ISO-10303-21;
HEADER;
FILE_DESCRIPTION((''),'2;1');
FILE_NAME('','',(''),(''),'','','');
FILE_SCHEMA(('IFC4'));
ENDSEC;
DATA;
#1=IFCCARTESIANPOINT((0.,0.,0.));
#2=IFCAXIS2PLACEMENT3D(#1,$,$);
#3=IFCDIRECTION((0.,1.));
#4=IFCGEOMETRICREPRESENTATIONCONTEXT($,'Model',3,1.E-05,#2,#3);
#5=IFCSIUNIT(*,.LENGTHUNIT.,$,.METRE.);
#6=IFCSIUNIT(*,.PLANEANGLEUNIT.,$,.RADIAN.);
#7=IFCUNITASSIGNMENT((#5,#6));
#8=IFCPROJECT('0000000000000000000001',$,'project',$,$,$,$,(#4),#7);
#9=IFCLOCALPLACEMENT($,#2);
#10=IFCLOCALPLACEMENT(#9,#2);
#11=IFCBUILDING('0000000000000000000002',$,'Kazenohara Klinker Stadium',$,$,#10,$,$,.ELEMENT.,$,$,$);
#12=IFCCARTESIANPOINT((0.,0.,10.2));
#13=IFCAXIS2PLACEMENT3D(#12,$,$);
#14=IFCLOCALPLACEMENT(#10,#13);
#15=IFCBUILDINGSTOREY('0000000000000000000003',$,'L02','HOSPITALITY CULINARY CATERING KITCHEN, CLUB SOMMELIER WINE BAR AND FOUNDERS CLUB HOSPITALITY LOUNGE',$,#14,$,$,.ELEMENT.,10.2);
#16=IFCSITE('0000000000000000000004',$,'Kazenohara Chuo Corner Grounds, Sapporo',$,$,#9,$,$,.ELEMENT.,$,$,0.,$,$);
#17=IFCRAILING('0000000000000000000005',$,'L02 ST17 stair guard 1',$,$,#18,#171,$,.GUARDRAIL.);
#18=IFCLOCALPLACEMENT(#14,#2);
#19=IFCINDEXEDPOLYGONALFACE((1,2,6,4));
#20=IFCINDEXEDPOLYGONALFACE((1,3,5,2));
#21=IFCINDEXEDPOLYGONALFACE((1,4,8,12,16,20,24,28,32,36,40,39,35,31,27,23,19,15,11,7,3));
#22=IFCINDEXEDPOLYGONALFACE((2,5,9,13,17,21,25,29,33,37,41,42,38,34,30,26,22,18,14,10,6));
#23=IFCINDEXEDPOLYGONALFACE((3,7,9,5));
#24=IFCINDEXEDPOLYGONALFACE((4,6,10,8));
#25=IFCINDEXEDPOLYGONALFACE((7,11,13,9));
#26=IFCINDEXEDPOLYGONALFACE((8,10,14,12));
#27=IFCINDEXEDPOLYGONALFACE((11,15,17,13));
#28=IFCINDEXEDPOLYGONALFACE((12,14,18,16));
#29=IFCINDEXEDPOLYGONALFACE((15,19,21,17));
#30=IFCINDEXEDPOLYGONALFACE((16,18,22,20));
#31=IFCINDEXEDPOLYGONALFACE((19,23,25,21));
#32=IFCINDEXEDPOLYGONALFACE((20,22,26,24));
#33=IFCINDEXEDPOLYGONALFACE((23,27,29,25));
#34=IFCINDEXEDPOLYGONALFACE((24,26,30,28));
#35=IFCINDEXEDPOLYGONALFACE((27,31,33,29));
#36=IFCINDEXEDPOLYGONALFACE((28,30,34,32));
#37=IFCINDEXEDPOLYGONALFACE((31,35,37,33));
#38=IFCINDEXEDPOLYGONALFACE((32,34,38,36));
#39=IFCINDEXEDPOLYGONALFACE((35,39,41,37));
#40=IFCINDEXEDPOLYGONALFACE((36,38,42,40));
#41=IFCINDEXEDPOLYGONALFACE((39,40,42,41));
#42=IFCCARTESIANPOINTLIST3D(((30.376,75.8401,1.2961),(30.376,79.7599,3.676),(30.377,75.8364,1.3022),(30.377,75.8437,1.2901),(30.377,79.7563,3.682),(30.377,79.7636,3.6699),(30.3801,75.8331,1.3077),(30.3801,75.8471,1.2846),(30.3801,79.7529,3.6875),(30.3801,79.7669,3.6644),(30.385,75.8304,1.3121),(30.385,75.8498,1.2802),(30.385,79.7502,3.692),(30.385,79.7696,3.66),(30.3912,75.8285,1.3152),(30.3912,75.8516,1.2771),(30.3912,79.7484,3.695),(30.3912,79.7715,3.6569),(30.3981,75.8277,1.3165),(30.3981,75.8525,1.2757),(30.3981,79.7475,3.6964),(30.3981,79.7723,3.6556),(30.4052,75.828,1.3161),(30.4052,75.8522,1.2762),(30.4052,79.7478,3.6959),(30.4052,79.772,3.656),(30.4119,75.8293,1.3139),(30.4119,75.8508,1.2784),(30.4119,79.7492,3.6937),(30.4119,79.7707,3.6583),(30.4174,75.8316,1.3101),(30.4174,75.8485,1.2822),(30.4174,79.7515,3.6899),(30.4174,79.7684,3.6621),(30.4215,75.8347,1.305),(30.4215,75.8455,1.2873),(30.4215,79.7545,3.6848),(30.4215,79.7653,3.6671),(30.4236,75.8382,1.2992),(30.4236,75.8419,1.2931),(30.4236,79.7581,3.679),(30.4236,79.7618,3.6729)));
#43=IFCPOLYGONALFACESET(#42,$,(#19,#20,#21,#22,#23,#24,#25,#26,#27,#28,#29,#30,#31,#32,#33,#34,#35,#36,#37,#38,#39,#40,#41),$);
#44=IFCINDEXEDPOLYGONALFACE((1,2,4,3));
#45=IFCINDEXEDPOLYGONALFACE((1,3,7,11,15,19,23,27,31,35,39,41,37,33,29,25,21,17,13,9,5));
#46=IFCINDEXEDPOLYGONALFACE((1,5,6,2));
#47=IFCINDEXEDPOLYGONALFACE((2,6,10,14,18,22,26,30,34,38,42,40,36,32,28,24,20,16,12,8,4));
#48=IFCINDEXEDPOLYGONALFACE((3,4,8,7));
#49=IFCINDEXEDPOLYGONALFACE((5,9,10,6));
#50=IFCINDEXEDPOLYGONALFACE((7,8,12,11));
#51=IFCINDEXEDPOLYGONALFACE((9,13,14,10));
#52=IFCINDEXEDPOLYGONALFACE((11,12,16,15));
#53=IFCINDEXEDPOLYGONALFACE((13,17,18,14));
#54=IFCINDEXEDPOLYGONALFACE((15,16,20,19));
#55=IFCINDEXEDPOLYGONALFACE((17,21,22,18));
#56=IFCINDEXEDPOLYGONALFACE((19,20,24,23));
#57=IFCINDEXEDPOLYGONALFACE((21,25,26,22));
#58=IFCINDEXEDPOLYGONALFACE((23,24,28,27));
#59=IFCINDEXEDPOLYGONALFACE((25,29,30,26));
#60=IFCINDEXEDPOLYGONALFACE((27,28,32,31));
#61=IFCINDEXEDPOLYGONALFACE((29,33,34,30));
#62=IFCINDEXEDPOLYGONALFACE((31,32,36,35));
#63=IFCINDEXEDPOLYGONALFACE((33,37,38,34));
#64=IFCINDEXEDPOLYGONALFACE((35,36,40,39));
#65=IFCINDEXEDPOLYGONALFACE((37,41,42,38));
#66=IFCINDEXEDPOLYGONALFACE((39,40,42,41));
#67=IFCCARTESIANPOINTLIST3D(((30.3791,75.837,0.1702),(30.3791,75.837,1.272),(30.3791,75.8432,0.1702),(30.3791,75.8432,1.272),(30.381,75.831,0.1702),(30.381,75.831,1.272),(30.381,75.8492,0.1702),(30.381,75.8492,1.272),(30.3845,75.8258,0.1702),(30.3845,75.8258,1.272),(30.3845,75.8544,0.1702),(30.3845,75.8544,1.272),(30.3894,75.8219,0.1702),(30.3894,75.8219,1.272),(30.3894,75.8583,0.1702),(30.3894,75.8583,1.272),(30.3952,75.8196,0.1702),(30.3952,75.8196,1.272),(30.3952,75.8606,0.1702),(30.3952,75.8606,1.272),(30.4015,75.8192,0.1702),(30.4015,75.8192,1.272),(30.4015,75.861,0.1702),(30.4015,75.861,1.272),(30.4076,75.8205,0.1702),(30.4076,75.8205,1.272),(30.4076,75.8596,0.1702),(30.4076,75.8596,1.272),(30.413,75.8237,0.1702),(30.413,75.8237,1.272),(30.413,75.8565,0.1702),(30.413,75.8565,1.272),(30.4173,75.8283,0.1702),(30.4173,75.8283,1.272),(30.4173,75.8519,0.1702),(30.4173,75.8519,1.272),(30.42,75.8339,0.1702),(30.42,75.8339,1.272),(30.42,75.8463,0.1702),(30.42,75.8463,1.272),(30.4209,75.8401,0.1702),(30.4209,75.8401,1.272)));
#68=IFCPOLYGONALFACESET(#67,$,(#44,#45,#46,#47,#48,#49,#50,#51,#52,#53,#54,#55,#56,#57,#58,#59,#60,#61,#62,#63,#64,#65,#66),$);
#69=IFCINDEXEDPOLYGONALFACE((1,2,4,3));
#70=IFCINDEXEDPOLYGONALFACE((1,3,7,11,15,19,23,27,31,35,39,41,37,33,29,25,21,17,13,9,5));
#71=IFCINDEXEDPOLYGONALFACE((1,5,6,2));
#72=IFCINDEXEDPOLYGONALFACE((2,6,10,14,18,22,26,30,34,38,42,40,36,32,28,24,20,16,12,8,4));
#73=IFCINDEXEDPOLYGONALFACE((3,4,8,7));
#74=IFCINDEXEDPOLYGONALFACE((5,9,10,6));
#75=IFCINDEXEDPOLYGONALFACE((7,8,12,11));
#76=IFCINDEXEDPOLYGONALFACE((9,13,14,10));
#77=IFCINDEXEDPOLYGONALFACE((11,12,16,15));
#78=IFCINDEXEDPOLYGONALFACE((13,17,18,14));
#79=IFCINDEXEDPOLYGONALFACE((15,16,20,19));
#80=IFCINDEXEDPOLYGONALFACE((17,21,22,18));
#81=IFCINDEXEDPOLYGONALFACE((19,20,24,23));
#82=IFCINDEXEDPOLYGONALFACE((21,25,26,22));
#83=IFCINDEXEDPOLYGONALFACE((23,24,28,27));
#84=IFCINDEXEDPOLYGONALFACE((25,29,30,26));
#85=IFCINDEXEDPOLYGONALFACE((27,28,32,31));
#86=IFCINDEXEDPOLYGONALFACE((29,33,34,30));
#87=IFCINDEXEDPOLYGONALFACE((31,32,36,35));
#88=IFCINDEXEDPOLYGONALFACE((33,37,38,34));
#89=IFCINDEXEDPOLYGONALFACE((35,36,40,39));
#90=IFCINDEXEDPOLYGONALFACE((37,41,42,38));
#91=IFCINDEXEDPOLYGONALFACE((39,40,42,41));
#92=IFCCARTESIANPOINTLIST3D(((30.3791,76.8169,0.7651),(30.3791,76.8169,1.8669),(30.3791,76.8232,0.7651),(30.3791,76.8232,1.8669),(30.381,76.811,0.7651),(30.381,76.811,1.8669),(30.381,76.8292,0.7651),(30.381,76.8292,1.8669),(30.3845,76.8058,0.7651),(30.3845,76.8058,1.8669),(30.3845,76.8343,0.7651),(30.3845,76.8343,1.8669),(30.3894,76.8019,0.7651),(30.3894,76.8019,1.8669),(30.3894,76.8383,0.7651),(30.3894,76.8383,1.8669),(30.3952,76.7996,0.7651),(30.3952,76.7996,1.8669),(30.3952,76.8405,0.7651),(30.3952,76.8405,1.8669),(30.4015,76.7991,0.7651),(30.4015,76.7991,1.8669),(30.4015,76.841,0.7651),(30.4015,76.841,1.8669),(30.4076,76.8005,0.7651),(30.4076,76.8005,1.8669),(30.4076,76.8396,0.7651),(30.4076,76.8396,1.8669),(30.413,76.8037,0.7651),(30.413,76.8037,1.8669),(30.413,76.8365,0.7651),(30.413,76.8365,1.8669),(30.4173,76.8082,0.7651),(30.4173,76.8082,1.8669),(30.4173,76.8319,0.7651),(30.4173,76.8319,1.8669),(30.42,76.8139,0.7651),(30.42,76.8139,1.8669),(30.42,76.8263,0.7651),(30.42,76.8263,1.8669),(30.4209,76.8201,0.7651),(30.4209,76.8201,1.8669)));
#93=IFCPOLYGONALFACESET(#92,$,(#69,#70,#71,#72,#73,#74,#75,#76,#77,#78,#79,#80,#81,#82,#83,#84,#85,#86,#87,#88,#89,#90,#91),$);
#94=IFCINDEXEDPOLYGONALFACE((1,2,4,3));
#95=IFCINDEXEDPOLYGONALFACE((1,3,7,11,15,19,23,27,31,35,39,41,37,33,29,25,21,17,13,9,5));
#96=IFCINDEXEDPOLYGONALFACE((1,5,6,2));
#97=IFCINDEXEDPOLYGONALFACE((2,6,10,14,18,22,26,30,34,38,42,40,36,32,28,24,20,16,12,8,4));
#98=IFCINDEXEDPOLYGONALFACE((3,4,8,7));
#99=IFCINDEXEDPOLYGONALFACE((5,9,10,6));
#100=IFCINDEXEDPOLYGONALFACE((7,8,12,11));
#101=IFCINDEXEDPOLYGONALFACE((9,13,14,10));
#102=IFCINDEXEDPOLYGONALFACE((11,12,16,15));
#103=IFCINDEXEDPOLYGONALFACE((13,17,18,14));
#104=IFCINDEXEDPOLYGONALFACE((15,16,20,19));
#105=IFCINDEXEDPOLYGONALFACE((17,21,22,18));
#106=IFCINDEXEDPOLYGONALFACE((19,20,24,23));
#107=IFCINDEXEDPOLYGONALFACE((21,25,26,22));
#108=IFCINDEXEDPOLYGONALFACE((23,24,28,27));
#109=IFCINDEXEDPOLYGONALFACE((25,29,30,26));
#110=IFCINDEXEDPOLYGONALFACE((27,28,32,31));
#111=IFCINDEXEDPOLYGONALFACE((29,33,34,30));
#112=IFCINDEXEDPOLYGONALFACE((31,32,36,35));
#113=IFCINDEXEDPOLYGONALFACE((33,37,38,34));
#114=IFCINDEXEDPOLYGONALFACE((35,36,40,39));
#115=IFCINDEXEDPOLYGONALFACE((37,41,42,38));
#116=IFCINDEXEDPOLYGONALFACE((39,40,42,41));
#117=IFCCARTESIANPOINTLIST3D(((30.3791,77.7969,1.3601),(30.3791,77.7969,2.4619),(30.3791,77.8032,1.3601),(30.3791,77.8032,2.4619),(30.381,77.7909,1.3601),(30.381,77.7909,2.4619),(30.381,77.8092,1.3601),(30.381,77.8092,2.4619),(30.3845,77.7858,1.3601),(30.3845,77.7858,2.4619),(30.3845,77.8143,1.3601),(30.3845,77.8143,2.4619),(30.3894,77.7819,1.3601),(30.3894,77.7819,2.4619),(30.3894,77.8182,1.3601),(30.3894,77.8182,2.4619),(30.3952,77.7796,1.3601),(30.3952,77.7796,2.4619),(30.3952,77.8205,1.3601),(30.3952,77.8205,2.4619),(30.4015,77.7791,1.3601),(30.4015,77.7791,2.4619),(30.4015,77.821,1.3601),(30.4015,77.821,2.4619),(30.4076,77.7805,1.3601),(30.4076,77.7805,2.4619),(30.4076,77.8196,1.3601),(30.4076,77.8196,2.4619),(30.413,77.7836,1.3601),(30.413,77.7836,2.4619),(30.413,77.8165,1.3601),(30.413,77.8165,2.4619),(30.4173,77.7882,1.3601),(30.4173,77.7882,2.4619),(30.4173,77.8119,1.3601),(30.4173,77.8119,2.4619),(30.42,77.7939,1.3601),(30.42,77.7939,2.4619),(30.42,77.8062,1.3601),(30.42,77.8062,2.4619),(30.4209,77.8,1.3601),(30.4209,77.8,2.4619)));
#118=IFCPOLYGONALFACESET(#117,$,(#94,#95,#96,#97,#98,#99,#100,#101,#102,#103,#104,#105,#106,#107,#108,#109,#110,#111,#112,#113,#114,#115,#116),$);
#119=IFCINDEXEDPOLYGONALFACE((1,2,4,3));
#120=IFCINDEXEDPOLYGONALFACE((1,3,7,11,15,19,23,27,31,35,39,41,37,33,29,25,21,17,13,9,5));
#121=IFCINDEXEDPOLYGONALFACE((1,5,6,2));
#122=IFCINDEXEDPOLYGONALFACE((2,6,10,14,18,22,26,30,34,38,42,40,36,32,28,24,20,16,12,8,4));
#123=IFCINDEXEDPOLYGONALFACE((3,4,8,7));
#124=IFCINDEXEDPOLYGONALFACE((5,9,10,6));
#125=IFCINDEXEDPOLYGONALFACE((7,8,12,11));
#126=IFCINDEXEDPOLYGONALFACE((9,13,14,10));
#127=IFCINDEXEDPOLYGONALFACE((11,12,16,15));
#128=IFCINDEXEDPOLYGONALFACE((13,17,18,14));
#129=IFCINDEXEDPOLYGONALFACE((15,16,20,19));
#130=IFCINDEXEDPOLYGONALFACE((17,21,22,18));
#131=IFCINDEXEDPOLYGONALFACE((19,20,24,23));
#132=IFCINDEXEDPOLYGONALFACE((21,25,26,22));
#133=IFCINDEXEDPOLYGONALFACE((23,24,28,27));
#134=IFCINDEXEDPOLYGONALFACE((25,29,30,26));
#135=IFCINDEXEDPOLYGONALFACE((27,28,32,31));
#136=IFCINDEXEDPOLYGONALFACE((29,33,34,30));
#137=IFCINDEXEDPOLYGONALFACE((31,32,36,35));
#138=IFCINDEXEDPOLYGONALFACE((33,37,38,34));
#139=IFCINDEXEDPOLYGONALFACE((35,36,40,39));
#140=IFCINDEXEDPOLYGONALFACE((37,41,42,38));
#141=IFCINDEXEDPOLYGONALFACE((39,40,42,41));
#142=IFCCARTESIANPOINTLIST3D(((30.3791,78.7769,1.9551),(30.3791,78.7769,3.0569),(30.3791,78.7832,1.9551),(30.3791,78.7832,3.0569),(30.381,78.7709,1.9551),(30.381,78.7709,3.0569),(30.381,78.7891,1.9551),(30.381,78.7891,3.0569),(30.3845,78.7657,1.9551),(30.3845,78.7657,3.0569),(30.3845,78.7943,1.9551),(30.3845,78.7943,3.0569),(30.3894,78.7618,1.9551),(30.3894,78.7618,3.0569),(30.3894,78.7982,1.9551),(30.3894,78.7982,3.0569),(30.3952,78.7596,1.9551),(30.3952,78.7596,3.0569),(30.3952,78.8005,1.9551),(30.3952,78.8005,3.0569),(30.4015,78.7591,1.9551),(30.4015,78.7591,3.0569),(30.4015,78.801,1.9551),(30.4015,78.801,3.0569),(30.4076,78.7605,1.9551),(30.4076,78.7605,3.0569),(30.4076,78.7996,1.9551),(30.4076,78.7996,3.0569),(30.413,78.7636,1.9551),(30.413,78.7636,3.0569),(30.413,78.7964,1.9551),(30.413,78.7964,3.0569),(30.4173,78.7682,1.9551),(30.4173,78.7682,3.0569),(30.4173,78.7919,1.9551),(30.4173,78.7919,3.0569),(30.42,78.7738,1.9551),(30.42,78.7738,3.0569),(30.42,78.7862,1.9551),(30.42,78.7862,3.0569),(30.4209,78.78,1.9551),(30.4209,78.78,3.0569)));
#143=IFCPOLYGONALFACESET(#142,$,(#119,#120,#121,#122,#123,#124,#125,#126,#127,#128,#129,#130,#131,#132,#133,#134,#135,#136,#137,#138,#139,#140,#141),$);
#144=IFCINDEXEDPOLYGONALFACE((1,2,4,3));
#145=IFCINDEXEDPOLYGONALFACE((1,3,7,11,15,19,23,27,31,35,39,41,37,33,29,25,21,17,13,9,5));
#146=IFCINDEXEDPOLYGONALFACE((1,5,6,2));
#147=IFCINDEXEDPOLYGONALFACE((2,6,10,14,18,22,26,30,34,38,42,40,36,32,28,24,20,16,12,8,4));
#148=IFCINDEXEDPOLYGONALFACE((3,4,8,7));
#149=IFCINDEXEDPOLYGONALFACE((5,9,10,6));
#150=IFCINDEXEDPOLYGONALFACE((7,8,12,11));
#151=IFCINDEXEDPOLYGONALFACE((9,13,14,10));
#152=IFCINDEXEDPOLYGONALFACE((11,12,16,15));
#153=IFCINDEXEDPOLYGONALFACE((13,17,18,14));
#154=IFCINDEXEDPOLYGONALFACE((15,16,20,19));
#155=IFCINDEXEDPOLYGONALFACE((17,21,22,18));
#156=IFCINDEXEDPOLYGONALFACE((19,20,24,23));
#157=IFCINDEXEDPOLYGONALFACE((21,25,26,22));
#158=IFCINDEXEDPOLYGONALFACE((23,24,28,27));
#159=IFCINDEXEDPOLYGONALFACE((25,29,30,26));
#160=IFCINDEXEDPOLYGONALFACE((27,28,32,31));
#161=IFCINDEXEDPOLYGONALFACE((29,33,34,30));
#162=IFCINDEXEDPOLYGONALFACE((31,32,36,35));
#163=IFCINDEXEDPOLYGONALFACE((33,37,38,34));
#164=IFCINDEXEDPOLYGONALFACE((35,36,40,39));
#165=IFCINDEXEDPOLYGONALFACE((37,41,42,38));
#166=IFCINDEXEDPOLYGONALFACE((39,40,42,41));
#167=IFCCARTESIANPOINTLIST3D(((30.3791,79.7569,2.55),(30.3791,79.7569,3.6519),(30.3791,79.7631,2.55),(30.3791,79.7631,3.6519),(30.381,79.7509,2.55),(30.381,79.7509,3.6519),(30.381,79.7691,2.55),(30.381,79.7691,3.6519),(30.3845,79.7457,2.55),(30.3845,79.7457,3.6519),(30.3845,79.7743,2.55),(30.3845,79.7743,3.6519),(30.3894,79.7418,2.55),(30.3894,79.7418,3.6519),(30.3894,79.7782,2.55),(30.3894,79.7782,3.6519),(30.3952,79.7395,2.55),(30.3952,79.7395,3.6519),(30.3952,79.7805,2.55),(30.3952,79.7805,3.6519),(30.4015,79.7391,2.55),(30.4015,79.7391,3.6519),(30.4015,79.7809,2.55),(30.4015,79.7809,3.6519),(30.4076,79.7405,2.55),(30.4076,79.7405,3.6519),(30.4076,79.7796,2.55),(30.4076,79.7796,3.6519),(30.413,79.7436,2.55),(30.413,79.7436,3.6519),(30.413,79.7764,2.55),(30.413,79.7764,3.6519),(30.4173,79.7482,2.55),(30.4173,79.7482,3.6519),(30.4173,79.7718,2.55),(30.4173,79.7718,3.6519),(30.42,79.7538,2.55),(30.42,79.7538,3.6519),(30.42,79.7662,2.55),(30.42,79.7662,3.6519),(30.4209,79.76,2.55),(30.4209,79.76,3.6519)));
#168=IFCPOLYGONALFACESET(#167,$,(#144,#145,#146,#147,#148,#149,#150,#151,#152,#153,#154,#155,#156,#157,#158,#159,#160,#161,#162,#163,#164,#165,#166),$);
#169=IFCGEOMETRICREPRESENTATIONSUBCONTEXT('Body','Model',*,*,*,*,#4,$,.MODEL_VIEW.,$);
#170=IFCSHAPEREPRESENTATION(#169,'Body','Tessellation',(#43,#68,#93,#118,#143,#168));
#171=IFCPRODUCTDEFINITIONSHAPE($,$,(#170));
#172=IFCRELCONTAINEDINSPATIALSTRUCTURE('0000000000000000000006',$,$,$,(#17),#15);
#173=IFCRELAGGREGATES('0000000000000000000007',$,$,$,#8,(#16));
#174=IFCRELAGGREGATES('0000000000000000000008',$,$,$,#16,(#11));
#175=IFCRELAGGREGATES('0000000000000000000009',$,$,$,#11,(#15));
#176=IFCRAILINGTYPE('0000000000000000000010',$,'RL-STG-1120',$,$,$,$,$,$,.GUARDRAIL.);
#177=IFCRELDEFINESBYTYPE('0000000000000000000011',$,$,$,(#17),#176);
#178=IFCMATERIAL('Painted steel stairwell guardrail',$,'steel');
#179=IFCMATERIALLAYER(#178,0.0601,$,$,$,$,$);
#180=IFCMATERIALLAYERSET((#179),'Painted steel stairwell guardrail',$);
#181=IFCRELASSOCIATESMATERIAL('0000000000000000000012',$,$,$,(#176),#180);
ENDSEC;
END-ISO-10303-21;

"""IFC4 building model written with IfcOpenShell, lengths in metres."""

from ifc_helpers import new_model, si_unit, direction, frame, origin, origin_2d, place, context, subcontext, project, spatial, circle, extrude, material, layer, layer_set, type_object, element, save


model = new_model("IFC4")

# Units and contexts
model_context = context("Model", 3, precision=1e-05, world=origin(), true_north=direction((0.0, 1.0)))
body_context = subcontext(model_context, "Body", "Model", "MODEL_VIEW")
ifc_project = project(units=[si_unit("LENGTHUNIT", "METRE"), si_unit("PLANEANGLEUNIT", "RADIAN")], contexts=[model_context])

# Site, building, storey
site_placement = place(None, origin())
site = spatial("IfcSite", under=ifc_project, at=site_placement, Name="Kazenohara Chuo Corner Grounds, Sapporo", CompositionType="ELEMENT", RefElevation=0.0)
building_placement = place(site_placement, origin())
building = spatial("IfcBuilding", under=site, at=building_placement, Name="Kazenohara Klinker Stadium", CompositionType="ELEMENT")
storey_placement = place(building_placement, frame((0.0, 0.0, 10.2)))
storey = spatial("IfcBuildingStorey", under=building, at=storey_placement, Name="L02", Description="HOSPITALITY CULINARY CATERING KITCHEN, CLUB SOMMELIER WINE BAR AND FOUNDERS CLUB HOSPITALITY LOUNGE", CompositionType="ELEMENT", Elevation=10.2)

# Railing
ifc_material_1 = material(Name="Painted steel stairwell guardrail", Category="steel")
ifc_layer_1 = layer(ifc_material_1, 0.0601)
ifc_layer_set_1 = layer_set([ifc_layer_1], Name="Painted steel stairwell guardrail")
railing_type_1 = type_object("IfcRailingType", Name="RL-STG-1120", PredefinedType="GUARDRAIL", material=ifc_layer_set_1)
railing_1_placement = place(storey_placement, frame((30.3999, 75.8401, 0.1702)))
element("IfcRailing", 1, at=railing_1_placement, inside=storey, type_object=railing_type_1, Name="L02 ST17 stair guard 1", PredefinedType="GUARDRAIL", context=body_context, shape_type="SweptSolid", body=[
    extrude(circle(Radius=0.0239, at=origin_2d()), frame((0.0, 0.0, 1.126), z_axis=(0.0, 0.854794, 0.518967), x_axis=(-1.0, 0.0, 0.0)), (0.0, 0.0, 1.0), 4.5857),
    extrude(circle(Radius=0.021, at=origin_2d()), origin(), (0.0, 0.0, 1.0), 1.1018),
    extrude(circle(Radius=0.021, at=origin_2d()), frame((0.0, 0.98, 0.595)), (0.0, 0.0, 1.0), 1.1018),
    extrude(circle(Radius=0.021, at=origin_2d()), frame((0.0, 1.96, 1.1899)), (0.0, 0.0, 1.0), 1.1018),
    extrude(circle(Radius=0.021, at=origin_2d()), frame((0.0, 2.9399, 1.7849)), (0.0, 0.0, 1.0), 1.1018),
    extrude(circle(Radius=0.021, at=origin_2d()), frame((0.0, 3.9199, 2.3799)), (0.0, 0.0, 1.0), 1.1018),
])

save(model, "model.ifc")
